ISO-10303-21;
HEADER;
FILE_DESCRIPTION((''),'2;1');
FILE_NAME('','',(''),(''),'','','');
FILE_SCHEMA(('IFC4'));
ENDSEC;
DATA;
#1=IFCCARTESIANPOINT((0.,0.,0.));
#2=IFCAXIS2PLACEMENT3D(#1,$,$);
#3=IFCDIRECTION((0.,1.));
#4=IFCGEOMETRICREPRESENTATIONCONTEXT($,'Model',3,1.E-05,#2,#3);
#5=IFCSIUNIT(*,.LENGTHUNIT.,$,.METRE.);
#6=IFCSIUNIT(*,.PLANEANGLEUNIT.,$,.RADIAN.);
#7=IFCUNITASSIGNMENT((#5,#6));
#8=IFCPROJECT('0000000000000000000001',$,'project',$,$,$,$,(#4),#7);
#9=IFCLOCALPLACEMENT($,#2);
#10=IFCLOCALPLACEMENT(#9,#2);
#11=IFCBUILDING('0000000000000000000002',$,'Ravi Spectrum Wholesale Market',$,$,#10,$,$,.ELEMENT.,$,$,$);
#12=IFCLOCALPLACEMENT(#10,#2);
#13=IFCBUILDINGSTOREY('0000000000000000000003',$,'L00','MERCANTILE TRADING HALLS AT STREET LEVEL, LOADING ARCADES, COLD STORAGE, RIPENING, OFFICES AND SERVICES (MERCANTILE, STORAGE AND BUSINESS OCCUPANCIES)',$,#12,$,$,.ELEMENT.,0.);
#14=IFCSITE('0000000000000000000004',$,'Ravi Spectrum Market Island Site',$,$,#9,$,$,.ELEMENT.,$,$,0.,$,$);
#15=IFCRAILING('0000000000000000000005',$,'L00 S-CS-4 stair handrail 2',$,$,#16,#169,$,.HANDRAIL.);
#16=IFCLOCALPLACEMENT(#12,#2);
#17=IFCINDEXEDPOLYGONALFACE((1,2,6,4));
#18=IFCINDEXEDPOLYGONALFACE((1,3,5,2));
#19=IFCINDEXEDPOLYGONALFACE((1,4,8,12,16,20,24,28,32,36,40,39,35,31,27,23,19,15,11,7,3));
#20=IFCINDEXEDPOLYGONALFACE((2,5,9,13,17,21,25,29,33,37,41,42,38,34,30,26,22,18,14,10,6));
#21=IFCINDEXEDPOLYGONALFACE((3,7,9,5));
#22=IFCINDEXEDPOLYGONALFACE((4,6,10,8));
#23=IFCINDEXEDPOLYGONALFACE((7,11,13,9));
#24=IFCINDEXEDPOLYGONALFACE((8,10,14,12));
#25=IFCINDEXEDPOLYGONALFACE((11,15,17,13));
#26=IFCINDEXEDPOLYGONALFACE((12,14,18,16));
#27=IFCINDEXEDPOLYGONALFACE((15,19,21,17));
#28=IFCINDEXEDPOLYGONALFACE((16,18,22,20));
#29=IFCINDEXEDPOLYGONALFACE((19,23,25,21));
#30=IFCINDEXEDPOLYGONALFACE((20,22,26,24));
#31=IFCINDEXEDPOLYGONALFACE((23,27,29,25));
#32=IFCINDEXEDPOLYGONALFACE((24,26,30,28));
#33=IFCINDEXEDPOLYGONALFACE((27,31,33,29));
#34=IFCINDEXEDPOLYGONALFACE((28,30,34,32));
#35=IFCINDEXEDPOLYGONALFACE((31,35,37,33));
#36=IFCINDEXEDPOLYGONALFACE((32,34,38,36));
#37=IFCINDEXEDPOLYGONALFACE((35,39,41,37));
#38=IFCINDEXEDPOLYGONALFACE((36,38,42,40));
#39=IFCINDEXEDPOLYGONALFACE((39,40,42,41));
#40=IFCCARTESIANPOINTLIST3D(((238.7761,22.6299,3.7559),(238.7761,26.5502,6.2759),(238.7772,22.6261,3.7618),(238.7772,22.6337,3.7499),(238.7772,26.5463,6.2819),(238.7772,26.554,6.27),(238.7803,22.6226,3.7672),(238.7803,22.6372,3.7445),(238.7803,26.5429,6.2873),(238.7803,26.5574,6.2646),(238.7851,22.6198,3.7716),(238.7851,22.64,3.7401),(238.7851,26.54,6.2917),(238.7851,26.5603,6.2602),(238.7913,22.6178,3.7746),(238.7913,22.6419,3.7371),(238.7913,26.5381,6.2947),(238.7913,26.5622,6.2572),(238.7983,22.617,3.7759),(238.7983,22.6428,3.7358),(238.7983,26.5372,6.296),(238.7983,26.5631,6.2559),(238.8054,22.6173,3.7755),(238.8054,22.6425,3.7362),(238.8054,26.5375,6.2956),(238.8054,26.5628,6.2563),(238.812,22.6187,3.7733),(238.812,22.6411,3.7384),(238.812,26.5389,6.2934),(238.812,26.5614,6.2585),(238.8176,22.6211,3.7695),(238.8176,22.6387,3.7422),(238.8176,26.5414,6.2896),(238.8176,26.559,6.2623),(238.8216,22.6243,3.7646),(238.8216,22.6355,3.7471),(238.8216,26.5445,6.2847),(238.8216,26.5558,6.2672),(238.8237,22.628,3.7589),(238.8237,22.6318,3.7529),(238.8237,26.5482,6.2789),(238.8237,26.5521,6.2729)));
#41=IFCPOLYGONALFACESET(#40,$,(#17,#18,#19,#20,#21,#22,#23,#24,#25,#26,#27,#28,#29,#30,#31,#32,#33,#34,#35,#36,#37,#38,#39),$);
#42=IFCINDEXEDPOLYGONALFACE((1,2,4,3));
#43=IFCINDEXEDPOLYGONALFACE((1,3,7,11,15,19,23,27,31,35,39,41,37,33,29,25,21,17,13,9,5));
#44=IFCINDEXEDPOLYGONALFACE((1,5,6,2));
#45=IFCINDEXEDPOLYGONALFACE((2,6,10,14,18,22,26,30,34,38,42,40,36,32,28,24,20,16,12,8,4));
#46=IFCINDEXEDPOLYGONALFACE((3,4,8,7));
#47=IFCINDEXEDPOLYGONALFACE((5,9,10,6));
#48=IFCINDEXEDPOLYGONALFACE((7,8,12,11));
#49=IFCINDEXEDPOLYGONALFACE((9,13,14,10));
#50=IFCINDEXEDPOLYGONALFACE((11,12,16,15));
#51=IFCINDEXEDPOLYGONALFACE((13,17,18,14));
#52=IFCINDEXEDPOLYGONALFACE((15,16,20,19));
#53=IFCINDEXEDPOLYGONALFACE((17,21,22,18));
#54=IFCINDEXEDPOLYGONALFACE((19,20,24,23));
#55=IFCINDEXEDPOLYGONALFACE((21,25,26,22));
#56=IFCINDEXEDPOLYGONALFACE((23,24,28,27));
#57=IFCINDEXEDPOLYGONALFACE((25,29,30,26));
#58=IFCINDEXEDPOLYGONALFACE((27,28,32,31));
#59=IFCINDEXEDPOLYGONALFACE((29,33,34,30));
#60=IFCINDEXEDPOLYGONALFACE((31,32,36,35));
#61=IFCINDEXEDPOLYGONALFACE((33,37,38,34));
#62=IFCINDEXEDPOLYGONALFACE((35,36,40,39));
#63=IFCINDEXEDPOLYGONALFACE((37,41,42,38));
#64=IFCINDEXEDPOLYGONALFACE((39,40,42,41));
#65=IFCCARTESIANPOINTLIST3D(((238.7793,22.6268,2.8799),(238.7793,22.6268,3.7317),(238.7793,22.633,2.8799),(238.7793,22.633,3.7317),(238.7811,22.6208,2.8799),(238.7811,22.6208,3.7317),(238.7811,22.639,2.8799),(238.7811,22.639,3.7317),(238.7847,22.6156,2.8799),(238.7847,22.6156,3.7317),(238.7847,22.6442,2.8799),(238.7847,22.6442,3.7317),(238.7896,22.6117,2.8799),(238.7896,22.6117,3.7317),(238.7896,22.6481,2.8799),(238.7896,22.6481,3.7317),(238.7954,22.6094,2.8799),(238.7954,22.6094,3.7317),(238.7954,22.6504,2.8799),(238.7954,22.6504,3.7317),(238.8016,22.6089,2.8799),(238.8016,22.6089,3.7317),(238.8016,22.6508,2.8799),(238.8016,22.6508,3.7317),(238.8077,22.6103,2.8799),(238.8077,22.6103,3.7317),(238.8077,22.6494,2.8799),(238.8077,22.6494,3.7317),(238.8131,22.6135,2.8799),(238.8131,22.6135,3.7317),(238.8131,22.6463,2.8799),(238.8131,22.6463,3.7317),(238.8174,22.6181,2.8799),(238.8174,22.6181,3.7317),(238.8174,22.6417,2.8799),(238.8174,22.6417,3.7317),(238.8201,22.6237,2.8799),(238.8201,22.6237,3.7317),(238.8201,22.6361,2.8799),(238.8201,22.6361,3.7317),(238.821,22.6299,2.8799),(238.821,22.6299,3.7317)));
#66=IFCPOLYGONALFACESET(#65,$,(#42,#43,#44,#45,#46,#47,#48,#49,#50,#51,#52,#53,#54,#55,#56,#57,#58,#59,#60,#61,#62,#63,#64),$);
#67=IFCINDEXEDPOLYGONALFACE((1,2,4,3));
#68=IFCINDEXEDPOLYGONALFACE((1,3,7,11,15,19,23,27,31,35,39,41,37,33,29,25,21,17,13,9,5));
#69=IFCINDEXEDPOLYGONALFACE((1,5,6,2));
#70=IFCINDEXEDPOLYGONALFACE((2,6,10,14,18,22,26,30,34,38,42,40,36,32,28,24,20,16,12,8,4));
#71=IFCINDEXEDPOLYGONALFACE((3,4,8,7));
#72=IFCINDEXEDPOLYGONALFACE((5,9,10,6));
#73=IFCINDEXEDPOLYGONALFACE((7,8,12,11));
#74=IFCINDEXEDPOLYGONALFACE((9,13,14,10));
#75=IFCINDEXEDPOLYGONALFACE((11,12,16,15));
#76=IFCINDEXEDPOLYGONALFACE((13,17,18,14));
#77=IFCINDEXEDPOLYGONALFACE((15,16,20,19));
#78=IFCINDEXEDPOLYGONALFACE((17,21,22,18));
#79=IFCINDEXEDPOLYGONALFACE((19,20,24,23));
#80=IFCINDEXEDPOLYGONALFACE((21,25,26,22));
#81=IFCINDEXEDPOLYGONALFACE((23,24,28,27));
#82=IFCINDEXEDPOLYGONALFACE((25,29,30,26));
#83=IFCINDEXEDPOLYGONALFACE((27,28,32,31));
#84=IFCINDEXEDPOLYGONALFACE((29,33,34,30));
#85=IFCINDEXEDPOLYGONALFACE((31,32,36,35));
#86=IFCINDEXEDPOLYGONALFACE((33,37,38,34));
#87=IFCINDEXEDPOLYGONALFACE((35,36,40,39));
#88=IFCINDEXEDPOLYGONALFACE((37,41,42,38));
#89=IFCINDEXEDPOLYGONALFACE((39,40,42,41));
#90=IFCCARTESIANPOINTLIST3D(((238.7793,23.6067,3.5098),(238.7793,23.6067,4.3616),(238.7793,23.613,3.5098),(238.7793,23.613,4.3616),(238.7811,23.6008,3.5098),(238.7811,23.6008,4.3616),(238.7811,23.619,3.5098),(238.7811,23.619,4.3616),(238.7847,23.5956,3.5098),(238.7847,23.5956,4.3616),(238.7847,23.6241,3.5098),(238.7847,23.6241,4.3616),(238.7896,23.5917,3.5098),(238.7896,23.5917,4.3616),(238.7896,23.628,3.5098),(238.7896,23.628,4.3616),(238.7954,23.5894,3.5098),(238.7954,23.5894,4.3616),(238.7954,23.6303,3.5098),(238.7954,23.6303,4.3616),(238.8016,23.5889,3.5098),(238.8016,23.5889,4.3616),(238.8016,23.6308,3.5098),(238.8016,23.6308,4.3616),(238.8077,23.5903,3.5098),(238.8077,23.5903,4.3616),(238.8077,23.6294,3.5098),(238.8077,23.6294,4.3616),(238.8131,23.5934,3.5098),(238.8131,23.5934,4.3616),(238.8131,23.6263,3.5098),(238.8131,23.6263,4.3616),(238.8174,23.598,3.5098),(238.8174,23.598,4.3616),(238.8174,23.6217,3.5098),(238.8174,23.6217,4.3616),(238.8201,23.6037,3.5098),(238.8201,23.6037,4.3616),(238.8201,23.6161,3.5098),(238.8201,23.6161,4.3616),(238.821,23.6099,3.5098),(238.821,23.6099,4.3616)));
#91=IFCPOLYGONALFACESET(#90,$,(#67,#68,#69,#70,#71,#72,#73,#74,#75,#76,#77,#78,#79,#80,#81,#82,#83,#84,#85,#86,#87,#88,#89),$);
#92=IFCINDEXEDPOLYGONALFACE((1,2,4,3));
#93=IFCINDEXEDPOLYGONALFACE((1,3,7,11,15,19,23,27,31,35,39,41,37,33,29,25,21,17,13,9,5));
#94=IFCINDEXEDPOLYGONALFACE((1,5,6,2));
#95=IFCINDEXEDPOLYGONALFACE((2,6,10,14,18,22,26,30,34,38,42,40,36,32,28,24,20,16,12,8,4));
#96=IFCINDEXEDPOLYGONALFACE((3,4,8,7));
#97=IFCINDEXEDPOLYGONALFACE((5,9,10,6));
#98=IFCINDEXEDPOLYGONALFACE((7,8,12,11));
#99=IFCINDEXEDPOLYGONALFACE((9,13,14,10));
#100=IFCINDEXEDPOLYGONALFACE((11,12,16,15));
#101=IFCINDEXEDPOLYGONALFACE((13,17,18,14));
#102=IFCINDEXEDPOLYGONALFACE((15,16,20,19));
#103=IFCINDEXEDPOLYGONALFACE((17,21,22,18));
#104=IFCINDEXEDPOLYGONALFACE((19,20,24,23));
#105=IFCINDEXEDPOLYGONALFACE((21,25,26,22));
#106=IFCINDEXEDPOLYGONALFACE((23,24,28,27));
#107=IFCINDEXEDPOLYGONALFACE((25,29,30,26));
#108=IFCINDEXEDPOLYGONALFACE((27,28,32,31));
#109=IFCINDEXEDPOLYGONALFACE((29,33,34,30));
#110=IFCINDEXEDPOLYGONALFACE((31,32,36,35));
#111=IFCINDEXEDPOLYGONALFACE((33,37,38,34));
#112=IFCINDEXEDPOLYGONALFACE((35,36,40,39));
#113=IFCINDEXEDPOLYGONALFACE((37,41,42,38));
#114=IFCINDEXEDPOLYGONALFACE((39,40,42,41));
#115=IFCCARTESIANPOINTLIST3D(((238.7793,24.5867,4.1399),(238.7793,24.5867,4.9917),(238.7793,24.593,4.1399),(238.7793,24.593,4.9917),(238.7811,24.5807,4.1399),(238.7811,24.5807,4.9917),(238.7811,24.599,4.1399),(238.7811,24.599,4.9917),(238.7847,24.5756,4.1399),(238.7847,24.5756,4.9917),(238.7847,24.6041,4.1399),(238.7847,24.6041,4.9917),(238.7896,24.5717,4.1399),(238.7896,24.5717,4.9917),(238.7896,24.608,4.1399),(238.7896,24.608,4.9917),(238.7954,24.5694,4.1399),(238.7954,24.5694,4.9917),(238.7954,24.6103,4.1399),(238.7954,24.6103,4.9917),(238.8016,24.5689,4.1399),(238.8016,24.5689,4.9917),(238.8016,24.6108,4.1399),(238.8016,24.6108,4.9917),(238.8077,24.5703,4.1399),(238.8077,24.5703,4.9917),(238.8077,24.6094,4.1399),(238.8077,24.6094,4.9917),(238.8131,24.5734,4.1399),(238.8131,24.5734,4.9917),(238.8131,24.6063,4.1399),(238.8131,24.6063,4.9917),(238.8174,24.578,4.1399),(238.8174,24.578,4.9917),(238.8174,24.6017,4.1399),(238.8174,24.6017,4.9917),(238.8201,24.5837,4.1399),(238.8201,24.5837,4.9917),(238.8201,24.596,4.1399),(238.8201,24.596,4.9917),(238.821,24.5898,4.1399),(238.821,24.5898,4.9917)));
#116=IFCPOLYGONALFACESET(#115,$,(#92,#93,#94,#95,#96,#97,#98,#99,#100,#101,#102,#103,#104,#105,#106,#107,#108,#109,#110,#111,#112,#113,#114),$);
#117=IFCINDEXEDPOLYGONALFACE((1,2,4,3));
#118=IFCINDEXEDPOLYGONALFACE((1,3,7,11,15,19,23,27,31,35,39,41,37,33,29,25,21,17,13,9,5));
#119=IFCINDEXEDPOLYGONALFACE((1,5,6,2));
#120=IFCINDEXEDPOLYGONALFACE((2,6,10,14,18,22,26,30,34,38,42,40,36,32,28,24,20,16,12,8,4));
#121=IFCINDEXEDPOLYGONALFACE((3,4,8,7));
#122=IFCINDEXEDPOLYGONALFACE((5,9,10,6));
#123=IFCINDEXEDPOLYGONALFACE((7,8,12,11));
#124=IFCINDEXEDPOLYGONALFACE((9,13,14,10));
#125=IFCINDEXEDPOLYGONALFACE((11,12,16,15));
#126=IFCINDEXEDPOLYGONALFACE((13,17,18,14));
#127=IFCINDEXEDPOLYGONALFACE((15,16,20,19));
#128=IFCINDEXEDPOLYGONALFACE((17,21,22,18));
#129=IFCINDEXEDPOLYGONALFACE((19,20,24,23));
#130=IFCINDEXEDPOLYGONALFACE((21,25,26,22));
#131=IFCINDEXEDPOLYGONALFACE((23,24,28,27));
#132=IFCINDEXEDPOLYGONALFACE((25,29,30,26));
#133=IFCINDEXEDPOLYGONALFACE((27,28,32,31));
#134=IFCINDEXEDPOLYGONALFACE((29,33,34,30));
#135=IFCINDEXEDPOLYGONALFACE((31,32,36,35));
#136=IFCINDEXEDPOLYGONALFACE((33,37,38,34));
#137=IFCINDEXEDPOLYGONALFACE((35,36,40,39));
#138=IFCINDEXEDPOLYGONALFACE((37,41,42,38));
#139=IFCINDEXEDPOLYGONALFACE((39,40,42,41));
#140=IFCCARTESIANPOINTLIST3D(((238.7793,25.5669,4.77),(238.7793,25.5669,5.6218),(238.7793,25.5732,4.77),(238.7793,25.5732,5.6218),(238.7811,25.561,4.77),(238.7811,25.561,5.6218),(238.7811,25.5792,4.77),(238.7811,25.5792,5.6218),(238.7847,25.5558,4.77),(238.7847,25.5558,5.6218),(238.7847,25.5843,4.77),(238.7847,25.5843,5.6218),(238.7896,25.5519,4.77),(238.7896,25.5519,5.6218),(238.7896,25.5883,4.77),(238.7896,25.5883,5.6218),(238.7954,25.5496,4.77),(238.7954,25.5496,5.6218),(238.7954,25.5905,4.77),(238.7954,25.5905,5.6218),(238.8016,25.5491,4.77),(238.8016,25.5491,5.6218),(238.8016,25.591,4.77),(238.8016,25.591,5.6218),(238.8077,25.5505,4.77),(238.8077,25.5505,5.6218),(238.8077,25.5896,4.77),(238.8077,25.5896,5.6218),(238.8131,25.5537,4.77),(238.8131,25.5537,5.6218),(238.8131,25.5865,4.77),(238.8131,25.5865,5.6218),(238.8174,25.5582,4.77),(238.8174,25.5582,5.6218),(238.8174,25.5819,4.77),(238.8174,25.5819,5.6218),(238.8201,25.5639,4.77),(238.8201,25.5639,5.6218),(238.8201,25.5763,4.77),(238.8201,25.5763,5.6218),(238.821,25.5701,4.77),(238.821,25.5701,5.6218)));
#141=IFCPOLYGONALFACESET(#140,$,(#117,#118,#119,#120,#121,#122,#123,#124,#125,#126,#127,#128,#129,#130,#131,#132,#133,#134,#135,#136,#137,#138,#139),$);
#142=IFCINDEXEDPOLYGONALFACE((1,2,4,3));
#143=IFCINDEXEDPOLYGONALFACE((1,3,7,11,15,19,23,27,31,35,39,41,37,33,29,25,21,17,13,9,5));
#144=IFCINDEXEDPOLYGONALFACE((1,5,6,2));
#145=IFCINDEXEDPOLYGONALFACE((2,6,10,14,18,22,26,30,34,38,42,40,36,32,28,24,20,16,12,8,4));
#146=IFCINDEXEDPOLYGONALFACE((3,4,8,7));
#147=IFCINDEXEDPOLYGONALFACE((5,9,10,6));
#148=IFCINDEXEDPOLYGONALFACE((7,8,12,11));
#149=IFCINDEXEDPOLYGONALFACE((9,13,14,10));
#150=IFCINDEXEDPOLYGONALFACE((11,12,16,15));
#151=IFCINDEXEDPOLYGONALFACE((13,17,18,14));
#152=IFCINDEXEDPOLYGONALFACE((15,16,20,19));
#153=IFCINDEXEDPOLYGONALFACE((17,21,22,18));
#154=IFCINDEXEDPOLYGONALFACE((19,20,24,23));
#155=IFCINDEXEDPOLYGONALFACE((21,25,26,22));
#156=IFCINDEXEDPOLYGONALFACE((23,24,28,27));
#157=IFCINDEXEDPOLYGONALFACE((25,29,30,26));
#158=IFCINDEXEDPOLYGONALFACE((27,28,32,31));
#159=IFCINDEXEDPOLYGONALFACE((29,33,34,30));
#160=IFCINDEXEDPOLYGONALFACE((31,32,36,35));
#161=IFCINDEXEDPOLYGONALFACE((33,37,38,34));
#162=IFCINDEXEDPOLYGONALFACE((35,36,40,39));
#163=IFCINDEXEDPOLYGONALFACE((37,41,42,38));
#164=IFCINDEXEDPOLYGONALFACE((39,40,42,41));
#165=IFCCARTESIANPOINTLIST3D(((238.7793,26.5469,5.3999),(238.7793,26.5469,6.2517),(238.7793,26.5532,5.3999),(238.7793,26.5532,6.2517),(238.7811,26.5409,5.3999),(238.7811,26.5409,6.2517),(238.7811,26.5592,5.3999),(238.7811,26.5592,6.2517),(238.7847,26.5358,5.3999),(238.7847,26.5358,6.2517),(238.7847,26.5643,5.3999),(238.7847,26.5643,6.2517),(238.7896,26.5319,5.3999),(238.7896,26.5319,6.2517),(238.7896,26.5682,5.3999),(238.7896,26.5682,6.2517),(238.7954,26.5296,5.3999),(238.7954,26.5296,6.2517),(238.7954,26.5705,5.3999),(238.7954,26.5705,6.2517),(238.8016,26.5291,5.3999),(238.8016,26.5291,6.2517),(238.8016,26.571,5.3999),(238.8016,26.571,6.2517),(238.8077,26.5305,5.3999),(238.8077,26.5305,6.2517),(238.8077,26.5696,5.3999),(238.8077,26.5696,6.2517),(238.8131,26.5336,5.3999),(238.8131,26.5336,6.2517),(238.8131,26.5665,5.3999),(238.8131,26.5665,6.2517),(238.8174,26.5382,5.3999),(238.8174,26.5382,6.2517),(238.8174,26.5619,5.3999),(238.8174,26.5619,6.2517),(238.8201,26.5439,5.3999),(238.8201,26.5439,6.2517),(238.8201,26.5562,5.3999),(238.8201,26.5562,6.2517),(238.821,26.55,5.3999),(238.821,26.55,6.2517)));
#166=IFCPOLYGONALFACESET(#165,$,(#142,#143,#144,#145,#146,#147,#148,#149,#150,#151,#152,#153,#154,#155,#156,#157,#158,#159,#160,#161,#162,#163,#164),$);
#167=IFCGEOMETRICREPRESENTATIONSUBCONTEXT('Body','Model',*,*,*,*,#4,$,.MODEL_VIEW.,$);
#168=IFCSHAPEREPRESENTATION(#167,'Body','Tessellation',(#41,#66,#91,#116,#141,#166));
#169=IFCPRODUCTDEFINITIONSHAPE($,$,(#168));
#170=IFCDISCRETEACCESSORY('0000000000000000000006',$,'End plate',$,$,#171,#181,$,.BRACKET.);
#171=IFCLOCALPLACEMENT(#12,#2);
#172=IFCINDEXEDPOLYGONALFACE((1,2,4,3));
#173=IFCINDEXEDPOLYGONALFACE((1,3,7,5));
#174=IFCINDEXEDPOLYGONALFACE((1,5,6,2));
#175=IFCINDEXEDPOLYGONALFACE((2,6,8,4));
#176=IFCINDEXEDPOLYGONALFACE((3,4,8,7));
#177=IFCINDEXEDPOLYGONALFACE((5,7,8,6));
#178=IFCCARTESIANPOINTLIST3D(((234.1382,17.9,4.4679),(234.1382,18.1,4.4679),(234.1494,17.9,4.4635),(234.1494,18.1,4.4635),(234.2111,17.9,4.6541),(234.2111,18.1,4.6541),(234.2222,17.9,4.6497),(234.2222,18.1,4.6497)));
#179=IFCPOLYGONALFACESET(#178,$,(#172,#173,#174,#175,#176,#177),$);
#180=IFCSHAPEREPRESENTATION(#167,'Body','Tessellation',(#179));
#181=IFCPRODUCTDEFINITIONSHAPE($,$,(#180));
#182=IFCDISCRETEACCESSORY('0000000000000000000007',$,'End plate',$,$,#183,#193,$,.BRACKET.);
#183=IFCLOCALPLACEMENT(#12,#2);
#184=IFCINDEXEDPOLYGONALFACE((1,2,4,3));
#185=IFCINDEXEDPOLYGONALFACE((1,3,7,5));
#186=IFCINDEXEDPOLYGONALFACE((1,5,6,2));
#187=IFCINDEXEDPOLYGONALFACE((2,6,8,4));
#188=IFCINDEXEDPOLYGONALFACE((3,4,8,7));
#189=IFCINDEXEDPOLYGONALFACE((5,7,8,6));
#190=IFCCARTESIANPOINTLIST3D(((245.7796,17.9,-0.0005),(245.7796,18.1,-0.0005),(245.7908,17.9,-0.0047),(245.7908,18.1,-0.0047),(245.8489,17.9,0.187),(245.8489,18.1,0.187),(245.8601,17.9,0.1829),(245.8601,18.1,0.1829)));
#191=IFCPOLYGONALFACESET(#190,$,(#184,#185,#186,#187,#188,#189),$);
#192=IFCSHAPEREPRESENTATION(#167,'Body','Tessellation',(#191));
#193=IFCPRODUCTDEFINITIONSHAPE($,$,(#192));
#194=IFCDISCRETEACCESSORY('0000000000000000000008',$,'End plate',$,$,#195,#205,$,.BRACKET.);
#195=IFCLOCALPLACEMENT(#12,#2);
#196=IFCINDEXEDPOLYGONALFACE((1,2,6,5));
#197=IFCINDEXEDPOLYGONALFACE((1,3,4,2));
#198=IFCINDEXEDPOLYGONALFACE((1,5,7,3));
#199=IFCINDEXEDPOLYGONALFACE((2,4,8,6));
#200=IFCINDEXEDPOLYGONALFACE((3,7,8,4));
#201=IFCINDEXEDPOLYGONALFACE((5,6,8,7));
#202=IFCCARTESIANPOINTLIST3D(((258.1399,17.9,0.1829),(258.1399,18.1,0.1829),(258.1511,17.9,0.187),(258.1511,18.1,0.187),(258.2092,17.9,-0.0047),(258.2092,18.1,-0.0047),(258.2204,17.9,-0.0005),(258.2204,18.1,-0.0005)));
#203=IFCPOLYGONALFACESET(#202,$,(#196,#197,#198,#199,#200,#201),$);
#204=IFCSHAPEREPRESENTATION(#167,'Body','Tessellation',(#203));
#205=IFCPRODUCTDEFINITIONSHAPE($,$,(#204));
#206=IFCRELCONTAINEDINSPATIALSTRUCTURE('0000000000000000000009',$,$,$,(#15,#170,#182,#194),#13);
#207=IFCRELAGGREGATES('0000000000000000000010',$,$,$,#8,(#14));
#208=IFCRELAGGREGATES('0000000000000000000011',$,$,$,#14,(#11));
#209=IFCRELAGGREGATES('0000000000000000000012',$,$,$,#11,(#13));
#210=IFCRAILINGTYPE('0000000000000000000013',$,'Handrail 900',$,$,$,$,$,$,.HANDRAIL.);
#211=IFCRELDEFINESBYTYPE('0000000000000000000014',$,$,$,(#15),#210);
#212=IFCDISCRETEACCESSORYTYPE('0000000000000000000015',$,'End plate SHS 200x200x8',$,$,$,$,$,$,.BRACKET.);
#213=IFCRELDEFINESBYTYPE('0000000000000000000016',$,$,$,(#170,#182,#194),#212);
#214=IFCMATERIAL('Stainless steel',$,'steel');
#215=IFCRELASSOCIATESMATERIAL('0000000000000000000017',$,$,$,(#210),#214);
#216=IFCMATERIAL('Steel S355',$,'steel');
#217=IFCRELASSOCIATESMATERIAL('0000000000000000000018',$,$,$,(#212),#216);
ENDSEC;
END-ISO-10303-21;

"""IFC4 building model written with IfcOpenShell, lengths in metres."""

from ifc_helpers import new_model, si_unit, direction, frame, origin, origin_2d, place, context, subcontext, project, spatial, rectangle, circle, extrude, material, material_profile, profile_set, type_object, element, save


model = new_model("IFC4")

# Units and contexts
model_context = context("Model", 3, precision=1e-05, world=origin(), true_north=direction((0.0, 1.0)))
body_context = subcontext(model_context, "Body", "Model", "MODEL_VIEW")
ifc_project = project(units=[si_unit("LENGTHUNIT", "METRE"), si_unit("PLANEANGLEUNIT", "RADIAN")], contexts=[model_context])

# Site, building, storey
site_placement = place(None, origin())
site = spatial("IfcSite", under=ifc_project, at=site_placement, Name="Ravi Spectrum Market Island Site", CompositionType="ELEMENT", RefElevation=0.0)
building_placement = place(site_placement, origin())
building = spatial("IfcBuilding", under=site, at=building_placement, Name="Ravi Spectrum Wholesale Market", CompositionType="ELEMENT")
storey_placement = place(building_placement, origin())
storey = spatial("IfcBuildingStorey", under=building, at=storey_placement, Name="L00", Description="MERCANTILE TRADING HALLS AT STREET LEVEL, LOADING ARCADES, COLD STORAGE, RIPENING, OFFICES AND SERVICES (MERCANTILE, STORAGE AND BUSINESS OCCUPANCIES)", CompositionType="ELEMENT", Elevation=0.0)

# Railing
ifc_material_1 = material(Name="Stainless steel", Category="steel")
railing_type_1 = type_object("IfcRailingType", Name="Handrail 900", PredefinedType="HANDRAIL", material=ifc_material_1)
railing_1_placement = place(storey_placement, frame((238.8, 22.6299, 2.8799)))
element("IfcRailing", 1, at=railing_1_placement, inside=storey, type_object=railing_type_1, Name="L00 S-CS-4 stair handrail 2", PredefinedType="HANDRAIL", context=body_context, shape_type="SweptSolid", body=[
    extrude(circle(Radius=0.0239, at=origin_2d()), frame((0.0, 0.0, 0.876), z_axis=(0.0, 0.841187, 0.540744), x_axis=(-1.0, 0.0, 0.0)), (0.0, 0.0, 1.0), 4.6604),
    extrude(circle(Radius=0.021, at=origin_2d()), origin(), (0.0, 0.0, 1.0), 0.8518),
    extrude(circle(Radius=0.021, at=origin_2d()), frame((0.0, 0.98, 0.6299)), (0.0, 0.0, 1.0), 0.8518),
    extrude(circle(Radius=0.021, at=origin_2d()), frame((0.0, 1.96, 1.26)), (0.0, 0.0, 1.0), 0.8518),
    extrude(circle(Radius=0.021, at=origin_2d()), frame((0.0, 2.9402, 1.8901)), (0.0, 0.0, 1.0), 0.8518),
    extrude(circle(Radius=0.021, at=origin_2d()), frame((0.0, 3.9202, 2.52)), (0.0, 0.0, 1.0), 0.8518),
])

# Discrete accessories
ifc_material_2 = material(Name="Steel S355", Category="steel")
ifc_material_profile_1 = material_profile(ifc_material_2, rectangle(XDim=0.2, YDim=0.2, at=origin_2d()))
ifc_profile_set_1 = profile_set([ifc_material_profile_1], Name="Steel S355")
discrete_accessory_type_1 = type_object("IfcDiscreteAccessoryType", Name="End plate SHS 200x200x8", PredefinedType="BRACKET", material=ifc_profile_set_1)
for number, where, z_axis, x_axis, name in (
    (2, (234.1858, 18.0, 4.5566), (-0.931243, 0.0, 0.364399), (0.0, -1.0, 0.0), "End plate"),
    (3, (245.8142, 18.0, 0.0933), (0.937994, 0.0, -0.34665), (0.0, 1.0, 0.0), "End plate"),
    (4, (258.1858, 18.0, 0.0933), (-0.937994, 0.0, -0.34665), (0.0, -1.0, 0.0), "End plate"),
):
    element("IfcDiscreteAccessory", number, at=place(storey_placement, frame(where, z_axis=z_axis, x_axis=x_axis)), inside=storey, type_object=discrete_accessory_type_1, Name=name, PredefinedType="BRACKET", context=body_context, shape_type="SweptSolid", body=[
        extrude(rectangle(XDim=0.2, YDim=0.2, at=origin_2d()), origin(), (0.0, 0.0, 1.0), 0.012),
    ])

save(model, "model.ifc")
